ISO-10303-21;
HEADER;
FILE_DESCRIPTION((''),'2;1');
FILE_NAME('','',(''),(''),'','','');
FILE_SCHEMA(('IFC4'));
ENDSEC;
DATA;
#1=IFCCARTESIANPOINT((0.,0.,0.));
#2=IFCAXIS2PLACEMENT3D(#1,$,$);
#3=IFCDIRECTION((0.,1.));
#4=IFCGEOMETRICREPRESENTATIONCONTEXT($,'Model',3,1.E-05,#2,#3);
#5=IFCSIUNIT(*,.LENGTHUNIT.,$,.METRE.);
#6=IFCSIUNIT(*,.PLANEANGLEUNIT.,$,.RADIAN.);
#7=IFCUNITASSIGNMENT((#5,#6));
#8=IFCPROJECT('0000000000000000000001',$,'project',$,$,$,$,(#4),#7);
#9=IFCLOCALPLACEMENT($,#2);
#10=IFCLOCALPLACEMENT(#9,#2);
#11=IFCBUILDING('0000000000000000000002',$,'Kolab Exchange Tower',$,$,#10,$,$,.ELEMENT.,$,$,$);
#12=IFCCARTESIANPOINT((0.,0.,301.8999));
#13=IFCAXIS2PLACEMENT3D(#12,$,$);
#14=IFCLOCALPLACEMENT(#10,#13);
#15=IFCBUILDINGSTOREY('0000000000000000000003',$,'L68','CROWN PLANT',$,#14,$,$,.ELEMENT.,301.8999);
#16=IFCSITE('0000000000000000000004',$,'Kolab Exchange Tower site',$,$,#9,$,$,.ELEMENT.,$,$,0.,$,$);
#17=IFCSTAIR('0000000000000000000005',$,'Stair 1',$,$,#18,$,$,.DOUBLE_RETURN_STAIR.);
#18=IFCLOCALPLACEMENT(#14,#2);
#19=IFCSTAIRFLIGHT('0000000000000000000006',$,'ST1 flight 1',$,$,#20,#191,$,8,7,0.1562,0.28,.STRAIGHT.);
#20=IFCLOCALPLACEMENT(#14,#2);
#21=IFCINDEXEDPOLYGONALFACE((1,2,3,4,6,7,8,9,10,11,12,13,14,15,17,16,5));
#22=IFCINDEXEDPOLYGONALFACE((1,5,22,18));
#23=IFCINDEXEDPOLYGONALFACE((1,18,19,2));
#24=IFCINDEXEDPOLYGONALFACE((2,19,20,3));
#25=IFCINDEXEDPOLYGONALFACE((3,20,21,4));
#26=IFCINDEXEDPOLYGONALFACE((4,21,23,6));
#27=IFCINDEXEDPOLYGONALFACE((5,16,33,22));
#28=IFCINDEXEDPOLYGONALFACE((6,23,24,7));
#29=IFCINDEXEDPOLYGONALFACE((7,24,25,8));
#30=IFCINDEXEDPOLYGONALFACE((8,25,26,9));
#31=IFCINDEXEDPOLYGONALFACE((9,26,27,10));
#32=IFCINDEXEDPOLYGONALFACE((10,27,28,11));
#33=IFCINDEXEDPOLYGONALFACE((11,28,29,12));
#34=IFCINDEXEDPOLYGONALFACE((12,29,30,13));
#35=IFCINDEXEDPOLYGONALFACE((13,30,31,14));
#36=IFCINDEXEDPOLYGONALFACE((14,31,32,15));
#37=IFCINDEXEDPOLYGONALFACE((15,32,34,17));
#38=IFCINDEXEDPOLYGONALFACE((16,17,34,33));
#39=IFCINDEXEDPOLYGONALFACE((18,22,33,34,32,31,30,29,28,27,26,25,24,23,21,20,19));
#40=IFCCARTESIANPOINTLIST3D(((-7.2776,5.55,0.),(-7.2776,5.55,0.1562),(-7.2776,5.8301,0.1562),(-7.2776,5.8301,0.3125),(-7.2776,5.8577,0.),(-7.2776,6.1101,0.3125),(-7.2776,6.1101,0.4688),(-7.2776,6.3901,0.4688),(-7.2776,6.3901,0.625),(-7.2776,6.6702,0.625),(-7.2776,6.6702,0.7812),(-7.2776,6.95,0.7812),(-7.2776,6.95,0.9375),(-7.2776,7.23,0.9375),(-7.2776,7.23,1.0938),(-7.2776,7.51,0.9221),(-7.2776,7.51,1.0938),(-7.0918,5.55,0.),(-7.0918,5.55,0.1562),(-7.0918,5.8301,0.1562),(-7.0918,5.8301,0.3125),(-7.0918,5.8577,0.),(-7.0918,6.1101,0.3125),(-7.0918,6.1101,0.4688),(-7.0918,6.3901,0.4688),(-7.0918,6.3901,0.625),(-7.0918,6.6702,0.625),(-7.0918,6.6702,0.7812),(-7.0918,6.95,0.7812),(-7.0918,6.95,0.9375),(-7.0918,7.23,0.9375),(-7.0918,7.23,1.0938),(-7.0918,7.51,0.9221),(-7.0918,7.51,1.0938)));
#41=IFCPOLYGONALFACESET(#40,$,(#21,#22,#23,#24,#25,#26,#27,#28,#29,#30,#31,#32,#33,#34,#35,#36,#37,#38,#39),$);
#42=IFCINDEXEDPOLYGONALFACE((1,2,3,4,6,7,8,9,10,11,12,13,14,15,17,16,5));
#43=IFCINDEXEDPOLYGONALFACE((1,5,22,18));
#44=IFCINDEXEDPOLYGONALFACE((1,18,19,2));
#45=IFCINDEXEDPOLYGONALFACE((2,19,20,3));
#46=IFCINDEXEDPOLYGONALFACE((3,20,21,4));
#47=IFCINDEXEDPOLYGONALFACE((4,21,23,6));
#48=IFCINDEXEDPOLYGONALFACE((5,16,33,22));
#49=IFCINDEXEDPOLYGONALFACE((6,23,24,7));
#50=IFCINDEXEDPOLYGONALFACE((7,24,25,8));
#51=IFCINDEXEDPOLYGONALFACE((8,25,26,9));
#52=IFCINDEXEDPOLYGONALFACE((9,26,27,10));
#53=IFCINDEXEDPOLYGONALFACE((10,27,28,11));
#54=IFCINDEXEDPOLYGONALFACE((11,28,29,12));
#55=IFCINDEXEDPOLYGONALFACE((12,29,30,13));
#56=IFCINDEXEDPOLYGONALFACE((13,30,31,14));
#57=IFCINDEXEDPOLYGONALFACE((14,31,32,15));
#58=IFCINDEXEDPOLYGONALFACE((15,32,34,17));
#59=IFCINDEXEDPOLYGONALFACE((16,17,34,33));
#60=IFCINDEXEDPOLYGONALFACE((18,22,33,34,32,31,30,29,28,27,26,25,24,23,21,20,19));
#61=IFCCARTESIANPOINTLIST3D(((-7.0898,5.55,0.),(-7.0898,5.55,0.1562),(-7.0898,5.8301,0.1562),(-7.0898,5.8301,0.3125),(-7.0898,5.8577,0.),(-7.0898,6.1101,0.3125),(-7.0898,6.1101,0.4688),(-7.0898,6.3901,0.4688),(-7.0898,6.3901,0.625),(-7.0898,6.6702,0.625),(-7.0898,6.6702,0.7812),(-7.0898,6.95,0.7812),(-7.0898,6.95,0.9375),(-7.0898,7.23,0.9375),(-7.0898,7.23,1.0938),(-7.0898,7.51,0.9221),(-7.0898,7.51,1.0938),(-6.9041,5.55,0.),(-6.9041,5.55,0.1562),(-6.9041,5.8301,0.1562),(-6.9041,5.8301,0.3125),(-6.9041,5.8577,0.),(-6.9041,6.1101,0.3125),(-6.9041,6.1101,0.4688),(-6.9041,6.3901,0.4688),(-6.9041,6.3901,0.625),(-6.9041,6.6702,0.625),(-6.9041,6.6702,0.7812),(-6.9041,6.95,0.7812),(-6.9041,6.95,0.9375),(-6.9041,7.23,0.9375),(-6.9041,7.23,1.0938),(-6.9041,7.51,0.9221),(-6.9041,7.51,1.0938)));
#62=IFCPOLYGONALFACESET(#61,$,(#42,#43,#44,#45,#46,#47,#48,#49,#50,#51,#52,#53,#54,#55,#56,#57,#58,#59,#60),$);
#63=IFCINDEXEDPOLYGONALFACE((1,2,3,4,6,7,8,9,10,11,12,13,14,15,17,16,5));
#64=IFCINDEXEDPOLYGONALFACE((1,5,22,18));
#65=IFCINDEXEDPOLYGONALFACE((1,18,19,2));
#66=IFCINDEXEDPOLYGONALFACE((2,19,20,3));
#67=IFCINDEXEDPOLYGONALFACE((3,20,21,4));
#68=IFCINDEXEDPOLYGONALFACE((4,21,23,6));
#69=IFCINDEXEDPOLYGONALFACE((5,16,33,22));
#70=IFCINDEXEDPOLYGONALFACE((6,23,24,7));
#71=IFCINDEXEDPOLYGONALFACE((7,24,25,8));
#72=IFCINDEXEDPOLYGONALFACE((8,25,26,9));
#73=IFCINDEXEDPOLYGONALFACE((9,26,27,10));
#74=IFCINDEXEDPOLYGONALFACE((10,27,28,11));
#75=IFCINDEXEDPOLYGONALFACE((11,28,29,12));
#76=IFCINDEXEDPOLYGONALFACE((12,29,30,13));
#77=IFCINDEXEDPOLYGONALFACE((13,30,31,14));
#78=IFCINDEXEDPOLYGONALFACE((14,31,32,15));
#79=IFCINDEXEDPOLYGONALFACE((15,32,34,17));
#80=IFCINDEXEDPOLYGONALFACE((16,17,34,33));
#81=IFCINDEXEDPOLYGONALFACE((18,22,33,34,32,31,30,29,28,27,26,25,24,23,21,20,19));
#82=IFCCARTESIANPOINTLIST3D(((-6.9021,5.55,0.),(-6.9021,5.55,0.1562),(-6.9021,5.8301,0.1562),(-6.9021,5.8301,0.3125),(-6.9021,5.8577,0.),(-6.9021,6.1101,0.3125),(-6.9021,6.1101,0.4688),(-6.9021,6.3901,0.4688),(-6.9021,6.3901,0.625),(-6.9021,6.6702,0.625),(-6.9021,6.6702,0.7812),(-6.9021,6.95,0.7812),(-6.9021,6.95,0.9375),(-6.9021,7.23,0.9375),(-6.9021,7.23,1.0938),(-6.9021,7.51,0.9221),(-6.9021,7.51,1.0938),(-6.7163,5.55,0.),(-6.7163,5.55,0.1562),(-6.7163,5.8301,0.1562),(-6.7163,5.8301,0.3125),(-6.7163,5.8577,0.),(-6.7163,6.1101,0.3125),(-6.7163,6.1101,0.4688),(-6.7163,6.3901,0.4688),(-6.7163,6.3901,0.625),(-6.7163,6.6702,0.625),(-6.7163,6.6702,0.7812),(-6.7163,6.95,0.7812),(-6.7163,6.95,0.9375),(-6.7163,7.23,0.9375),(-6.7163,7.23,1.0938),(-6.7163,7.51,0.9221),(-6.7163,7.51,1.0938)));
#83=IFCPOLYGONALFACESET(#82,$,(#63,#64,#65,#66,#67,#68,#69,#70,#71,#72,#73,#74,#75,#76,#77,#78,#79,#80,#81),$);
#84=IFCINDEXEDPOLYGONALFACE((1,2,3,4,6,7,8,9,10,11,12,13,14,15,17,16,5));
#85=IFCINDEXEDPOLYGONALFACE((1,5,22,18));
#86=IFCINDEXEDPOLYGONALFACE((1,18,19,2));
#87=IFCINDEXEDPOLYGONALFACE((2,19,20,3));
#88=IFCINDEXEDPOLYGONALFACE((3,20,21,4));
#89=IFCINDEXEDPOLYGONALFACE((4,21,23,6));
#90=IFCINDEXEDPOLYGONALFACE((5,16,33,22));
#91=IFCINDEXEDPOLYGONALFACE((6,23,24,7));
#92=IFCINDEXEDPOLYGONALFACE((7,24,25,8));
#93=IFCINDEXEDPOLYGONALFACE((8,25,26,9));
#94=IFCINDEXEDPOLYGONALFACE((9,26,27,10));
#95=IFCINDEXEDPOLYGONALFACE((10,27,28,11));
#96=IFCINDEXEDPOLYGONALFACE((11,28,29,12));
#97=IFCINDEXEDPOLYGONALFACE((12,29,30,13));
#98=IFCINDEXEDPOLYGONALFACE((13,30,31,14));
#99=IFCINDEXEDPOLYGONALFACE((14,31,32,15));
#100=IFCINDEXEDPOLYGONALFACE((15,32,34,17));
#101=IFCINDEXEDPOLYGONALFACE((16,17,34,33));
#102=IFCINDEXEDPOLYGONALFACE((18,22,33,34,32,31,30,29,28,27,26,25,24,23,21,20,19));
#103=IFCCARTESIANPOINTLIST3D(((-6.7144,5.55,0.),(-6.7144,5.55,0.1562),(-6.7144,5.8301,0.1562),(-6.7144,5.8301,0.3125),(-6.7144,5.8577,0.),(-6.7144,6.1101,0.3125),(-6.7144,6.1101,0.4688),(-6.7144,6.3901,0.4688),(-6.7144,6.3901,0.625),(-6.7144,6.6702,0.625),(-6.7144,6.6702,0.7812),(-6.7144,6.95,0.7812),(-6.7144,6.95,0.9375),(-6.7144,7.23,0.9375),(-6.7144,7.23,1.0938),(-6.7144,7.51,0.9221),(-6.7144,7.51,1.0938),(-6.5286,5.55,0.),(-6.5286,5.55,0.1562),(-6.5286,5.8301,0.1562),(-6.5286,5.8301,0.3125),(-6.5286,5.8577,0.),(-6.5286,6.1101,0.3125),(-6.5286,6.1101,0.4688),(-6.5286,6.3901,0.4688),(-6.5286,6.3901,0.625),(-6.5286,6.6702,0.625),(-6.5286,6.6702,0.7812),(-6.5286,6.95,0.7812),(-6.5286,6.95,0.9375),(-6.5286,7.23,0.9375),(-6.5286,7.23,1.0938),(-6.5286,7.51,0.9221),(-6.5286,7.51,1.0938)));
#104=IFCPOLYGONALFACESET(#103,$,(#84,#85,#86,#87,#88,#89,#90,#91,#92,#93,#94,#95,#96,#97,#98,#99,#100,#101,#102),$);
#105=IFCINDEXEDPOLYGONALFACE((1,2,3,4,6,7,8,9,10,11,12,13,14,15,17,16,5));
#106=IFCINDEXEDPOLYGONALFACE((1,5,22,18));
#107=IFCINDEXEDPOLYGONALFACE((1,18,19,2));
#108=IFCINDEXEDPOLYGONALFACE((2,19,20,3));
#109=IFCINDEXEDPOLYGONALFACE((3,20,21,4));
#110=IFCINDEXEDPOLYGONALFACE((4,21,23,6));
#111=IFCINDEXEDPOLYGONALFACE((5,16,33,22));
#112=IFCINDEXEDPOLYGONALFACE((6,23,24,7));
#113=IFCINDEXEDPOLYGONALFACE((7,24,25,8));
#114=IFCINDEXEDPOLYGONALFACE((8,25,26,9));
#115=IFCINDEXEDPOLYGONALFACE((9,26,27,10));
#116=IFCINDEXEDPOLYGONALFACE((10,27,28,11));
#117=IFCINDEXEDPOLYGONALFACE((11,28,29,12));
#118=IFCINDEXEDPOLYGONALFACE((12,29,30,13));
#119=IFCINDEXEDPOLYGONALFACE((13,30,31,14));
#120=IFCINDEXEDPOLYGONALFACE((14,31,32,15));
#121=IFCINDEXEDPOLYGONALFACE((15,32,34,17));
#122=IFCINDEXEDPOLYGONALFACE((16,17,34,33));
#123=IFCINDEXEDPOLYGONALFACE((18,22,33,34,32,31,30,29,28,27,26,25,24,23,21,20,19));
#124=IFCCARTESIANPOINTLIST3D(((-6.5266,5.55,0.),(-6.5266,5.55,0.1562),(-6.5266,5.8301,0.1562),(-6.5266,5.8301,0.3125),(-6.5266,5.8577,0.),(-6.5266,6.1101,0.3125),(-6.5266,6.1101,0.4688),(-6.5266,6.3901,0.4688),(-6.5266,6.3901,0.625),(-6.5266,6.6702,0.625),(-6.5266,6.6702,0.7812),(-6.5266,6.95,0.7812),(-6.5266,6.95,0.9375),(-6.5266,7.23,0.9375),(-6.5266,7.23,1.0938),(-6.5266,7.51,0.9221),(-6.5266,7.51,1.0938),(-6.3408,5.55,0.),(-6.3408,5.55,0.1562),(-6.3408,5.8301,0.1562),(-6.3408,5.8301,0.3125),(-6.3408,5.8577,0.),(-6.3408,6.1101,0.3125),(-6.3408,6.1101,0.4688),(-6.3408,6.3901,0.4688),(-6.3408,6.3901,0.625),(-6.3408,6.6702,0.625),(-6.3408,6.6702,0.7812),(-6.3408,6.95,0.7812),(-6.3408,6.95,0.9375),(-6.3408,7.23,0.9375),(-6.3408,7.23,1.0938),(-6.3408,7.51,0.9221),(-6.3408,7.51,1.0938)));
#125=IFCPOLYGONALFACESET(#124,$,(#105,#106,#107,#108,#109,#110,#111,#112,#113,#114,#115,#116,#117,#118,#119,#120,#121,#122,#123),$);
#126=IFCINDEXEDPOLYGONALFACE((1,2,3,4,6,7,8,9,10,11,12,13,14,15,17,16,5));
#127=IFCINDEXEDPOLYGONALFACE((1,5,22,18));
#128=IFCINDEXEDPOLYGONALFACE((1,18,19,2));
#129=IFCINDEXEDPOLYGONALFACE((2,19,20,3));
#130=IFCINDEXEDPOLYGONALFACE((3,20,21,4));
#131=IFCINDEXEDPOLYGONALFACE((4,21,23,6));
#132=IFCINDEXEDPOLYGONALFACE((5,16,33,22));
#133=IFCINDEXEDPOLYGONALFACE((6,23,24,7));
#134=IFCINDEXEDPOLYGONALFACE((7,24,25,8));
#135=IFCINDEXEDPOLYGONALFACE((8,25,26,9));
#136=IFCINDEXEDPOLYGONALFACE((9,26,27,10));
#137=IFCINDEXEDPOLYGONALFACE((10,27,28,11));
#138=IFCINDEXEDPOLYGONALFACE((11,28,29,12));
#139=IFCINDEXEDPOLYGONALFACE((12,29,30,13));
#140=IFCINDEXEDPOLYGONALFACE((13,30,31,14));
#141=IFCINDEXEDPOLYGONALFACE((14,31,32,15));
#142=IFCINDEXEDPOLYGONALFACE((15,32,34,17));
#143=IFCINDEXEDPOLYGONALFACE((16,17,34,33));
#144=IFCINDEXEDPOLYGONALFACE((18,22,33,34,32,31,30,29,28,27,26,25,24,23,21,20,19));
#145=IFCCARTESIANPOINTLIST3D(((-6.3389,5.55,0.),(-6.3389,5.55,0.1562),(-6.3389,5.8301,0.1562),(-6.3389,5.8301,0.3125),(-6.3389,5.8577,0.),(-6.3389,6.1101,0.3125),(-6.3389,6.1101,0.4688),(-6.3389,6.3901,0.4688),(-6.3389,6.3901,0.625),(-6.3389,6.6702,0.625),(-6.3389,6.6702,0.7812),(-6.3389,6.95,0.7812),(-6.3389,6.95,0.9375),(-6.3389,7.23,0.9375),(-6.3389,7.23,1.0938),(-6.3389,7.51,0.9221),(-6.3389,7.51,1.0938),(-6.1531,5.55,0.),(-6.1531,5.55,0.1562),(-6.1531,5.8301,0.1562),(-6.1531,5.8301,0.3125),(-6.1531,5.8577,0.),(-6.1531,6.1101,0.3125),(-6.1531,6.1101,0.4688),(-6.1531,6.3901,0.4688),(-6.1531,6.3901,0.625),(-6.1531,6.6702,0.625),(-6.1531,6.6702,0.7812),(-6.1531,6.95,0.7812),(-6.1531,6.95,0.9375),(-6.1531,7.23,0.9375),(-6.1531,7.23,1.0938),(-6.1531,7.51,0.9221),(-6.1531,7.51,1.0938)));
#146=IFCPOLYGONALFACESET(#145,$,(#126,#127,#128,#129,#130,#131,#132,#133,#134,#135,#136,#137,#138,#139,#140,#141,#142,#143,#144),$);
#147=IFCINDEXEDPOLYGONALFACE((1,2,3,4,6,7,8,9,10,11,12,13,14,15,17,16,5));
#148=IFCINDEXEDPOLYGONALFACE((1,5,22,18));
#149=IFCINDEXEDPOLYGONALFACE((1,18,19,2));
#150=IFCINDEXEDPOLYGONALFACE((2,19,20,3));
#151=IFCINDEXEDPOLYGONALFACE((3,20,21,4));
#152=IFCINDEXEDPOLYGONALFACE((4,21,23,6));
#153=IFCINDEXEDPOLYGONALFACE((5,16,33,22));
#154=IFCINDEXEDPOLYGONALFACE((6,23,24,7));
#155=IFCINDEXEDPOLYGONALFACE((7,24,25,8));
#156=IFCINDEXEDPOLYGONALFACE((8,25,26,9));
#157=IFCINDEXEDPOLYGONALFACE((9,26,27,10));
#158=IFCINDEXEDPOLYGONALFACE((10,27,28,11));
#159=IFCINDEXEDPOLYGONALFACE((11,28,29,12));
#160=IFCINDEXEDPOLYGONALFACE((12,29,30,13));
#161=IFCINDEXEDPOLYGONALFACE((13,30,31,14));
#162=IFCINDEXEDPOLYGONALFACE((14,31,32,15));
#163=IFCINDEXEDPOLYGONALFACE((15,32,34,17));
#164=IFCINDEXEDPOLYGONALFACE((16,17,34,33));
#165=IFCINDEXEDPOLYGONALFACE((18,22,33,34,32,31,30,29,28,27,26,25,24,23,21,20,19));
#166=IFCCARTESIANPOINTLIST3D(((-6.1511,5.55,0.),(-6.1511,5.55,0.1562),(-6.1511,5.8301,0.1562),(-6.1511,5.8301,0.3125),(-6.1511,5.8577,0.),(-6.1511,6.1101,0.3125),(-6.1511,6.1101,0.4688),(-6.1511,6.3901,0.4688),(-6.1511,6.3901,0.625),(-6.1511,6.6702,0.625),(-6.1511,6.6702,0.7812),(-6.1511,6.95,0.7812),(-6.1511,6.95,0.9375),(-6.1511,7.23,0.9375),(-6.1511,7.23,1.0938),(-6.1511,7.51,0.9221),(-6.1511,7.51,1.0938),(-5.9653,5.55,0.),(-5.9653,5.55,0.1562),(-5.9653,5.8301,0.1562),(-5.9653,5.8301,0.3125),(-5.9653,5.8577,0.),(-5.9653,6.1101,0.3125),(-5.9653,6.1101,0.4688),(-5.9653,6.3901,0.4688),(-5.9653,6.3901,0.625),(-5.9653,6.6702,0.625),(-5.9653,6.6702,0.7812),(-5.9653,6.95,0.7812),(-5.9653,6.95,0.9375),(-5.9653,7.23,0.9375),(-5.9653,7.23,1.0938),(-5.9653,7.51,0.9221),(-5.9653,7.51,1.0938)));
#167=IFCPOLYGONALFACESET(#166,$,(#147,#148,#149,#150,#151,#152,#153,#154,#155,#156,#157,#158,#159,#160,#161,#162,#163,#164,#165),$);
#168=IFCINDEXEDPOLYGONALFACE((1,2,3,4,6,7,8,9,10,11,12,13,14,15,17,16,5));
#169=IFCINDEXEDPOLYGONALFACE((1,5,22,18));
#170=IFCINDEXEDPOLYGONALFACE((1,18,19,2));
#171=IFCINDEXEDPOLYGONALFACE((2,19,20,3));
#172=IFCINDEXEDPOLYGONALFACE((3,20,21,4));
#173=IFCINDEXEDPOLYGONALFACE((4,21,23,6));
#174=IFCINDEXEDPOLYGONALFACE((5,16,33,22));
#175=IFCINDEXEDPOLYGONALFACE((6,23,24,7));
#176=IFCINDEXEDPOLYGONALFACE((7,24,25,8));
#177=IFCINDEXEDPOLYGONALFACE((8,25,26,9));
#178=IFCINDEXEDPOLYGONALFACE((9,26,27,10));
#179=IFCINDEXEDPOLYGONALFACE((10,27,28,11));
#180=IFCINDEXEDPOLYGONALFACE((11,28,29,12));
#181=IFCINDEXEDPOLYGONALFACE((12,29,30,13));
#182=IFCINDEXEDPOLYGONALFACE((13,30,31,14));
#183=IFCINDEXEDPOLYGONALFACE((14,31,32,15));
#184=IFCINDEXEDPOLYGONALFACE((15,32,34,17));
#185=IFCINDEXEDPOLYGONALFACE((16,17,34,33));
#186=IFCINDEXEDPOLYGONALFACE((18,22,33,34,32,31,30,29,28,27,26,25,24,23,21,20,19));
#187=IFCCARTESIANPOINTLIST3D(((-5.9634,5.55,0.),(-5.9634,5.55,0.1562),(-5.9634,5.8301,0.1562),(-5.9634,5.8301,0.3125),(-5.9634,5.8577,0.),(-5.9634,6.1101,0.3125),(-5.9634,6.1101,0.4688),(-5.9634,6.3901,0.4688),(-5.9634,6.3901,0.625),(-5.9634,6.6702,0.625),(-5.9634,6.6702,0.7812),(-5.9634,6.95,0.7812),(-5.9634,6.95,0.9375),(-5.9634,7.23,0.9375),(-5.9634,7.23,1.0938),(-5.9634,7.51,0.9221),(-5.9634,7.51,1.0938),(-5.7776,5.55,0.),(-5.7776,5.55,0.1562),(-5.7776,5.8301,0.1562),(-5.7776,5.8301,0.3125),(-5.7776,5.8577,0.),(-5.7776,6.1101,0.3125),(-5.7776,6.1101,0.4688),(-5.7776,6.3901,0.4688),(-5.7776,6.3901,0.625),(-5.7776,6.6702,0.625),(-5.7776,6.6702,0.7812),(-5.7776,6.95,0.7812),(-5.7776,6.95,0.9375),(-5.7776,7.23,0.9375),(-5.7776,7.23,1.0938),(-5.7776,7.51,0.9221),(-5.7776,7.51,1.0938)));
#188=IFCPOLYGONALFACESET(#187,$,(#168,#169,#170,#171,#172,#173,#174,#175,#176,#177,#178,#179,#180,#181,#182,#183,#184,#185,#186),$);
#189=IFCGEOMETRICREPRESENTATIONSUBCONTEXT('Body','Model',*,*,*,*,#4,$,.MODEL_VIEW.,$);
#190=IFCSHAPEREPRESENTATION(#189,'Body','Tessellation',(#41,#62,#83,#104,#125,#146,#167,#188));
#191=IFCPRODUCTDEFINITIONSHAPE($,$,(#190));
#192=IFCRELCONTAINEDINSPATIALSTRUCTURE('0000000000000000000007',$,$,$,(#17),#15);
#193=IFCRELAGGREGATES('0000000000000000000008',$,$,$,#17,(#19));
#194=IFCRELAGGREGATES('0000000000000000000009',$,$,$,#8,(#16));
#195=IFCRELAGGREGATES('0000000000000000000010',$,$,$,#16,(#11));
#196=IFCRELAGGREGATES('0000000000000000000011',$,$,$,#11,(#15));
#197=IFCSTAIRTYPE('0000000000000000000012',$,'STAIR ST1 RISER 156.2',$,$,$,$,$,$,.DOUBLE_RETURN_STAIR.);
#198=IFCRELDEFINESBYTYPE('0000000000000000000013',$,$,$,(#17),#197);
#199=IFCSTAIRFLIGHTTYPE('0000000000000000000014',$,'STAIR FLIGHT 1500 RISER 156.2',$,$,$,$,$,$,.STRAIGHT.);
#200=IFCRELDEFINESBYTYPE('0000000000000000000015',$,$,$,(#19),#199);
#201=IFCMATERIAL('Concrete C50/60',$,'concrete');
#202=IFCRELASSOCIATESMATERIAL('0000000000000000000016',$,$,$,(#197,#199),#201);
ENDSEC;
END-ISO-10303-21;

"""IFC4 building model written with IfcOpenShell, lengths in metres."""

from ifc_helpers import new_model, si_unit, direction, frame, origin, place, context, subcontext, project, spatial, polyline, outline, extrude, material, type_object, element, aggregate, save


model = new_model("IFC4")

# Units and contexts
model_context = context("Model", 3, precision=1e-05, world=origin(), true_north=direction((0.0, 1.0)))
body_context = subcontext(model_context, "Body", "Model", "MODEL_VIEW")
ifc_project = project(units=[si_unit("LENGTHUNIT", "METRE"), si_unit("PLANEANGLEUNIT", "RADIAN")], contexts=[model_context])

# Site, building, storey
site_placement = place(None, origin())
site = spatial("IfcSite", under=ifc_project, at=site_placement, Name="Kolab Exchange Tower site", CompositionType="ELEMENT", RefElevation=0.0)
building_placement = place(site_placement, origin())
building = spatial("IfcBuilding", under=site, at=building_placement, Name="Kolab Exchange Tower", CompositionType="ELEMENT")
storey_placement = place(building_placement, frame((0.0, 0.0, 301.8999)))
storey = spatial("IfcBuildingStorey", under=building, at=storey_placement, Name="L68", Description="CROWN PLANT", CompositionType="ELEMENT", Elevation=301.8999)

# Shared definitions
ifc_material_1 = material(Name="Concrete C50/60", Category="concrete")

# Stair, stair flight
stair_type = type_object("IfcStairType", Name="STAIR ST1 RISER 156.2", PredefinedType="DOUBLE_RETURN_STAIR", material=ifc_material_1)
stair_placement = place(storey_placement, origin())
stair = element("IfcStair", 1, at=stair_placement, inside=storey, type_object=stair_type, Name="Stair 1", PredefinedType="DOUBLE_RETURN_STAIR")
stair_flight_type = type_object("IfcStairFlightType", Name="STAIR FLIGHT 1500 RISER 156.2", PredefinedType="STRAIGHT", material=ifc_material_1)
stair_flight_1_placement = place(storey_placement, frame((-6.5276, 5.55, 0.0), z_axis=(0.0, 0.0, 1.0), x_axis=(0.0, 1.0, 0.0)))
stair_flight_1 = element("IfcStairFlight", 2, at=stair_flight_1_placement, type_object=stair_flight_type, Name="ST1 flight 1", NumberOfRisers=8, NumberOfTreads=7, PredefinedType="STRAIGHT", RiserHeight=0.1562, TreadLength=0.28, context=body_context, shape_type="SweptSolid", body=[
    extrude(outline(polyline([(0.0, 0.0), (0.0, 0.1562), (0.28, 0.1562), (0.28, 0.3125), (0.5601, 0.3125), (0.5601, 0.4688), (0.8401, 0.4688), (0.8401, 0.625), (1.1201, 0.625), (1.1201, 0.7812), (1.3999, 0.7812), (1.3999, 0.9375), (1.6799, 0.9375), (1.6799, 1.0938), (1.96, 1.0938), (1.96, 1.25), (1.96, 0.9221), (0.3076, 0.0), (0.0, 0.0)])), frame((0.0, 0.75, 0.0), z_axis=(0.0, -1.0, 0.0), x_axis=(1.0, 0.0, 0.0)), (0.0, 0.0, 1.0), 0.1858),
    extrude(outline(polyline([(0.0, 0.0), (0.0, 0.1562), (0.28, 0.1562), (0.28, 0.3125), (0.5601, 0.3125), (0.5601, 0.4688), (0.8401, 0.4688), (0.8401, 0.625), (1.1201, 0.625), (1.1201, 0.7812), (1.3999, 0.7812), (1.3999, 0.9375), (1.6799, 0.9375), (1.6799, 1.0938), (1.96, 1.0938), (1.96, 1.25), (1.96, 0.9221), (0.3076, 0.0), (0.0, 0.0)])), frame((0.0, 0.5623, 0.0), z_axis=(0.0, -1.0, 0.0), x_axis=(1.0, 0.0, 0.0)), (0.0, 0.0, 1.0), 0.1858),
    extrude(outline(polyline([(0.0, 0.0), (0.0, 0.1562), (0.28, 0.1562), (0.28, 0.3125), (0.5601, 0.3125), (0.5601, 0.4688), (0.8401, 0.4688), (0.8401, 0.625), (1.1201, 0.625), (1.1201, 0.7812), (1.3999, 0.7812), (1.3999, 0.9375), (1.6799, 0.9375), (1.6799, 1.0938), (1.96, 1.0938), (1.96, 1.25), (1.96, 0.9221), (0.3076, 0.0), (0.0, 0.0)])), frame((0.0, 0.3745, 0.0), z_axis=(0.0, -1.0, 0.0), x_axis=(1.0, 0.0, 0.0)), (0.0, 0.0, 1.0), 0.1858),
    extrude(outline(polyline([(0.0, 0.0), (0.0, 0.1562), (0.28, 0.1562), (0.28, 0.3125), (0.5601, 0.3125), (0.5601, 0.4688), (0.8401, 0.4688), (0.8401, 0.625), (1.1201, 0.625), (1.1201, 0.7812), (1.3999, 0.7812), (1.3999, 0.9375), (1.6799, 0.9375), (1.6799, 1.0938), (1.96, 1.0938), (1.96, 1.25), (1.96, 0.9221), (0.3076, 0.0), (0.0, 0.0)])), frame((0.0, 0.1868, 0.0), z_axis=(0.0, -1.0, 0.0), x_axis=(1.0, 0.0, 0.0)), (0.0, 0.0, 1.0), 0.1858),
    extrude(outline(polyline([(0.0, 0.0), (0.0, 0.1562), (0.28, 0.1562), (0.28, 0.3125), (0.5601, 0.3125), (0.5601, 0.4688), (0.8401, 0.4688), (0.8401, 0.625), (1.1201, 0.625), (1.1201, 0.7812), (1.3999, 0.7812), (1.3999, 0.9375), (1.6799, 0.9375), (1.6799, 1.0938), (1.96, 1.0938), (1.96, 1.25), (1.96, 0.9221), (0.3076, 0.0), (0.0, 0.0)])), frame((0.0, -0.001, 0.0), z_axis=(0.0, -1.0, 0.0), x_axis=(1.0, 0.0, 0.0)), (0.0, 0.0, 1.0), 0.1858),
    extrude(outline(polyline([(0.0, 0.0), (0.0, 0.1562), (0.28, 0.1562), (0.28, 0.3125), (0.5601, 0.3125), (0.5601, 0.4688), (0.8401, 0.4688), (0.8401, 0.625), (1.1201, 0.625), (1.1201, 0.7812), (1.3999, 0.7812), (1.3999, 0.9375), (1.6799, 0.9375), (1.6799, 1.0938), (1.96, 1.0938), (1.96, 1.25), (1.96, 0.9221), (0.3076, 0.0), (0.0, 0.0)])), frame((0.0, -0.1887, 0.0), z_axis=(0.0, -1.0, 0.0), x_axis=(1.0, 0.0, 0.0)), (0.0, 0.0, 1.0), 0.1858),
    extrude(outline(polyline([(0.0, 0.0), (0.0, 0.1562), (0.28, 0.1562), (0.28, 0.3125), (0.5601, 0.3125), (0.5601, 0.4688), (0.8401, 0.4688), (0.8401, 0.625), (1.1201, 0.625), (1.1201, 0.7812), (1.3999, 0.7812), (1.3999, 0.9375), (1.6799, 0.9375), (1.6799, 1.0938), (1.96, 1.0938), (1.96, 1.25), (1.96, 0.9221), (0.3076, 0.0), (0.0, 0.0)])), frame((0.0, -0.3765, 0.0), z_axis=(0.0, -1.0, 0.0), x_axis=(1.0, 0.0, 0.0)), (0.0, 0.0, 1.0), 0.1858),
    extrude(outline(polyline([(0.0, 0.0), (0.0, 0.1562), (0.28, 0.1562), (0.28, 0.3125), (0.5601, 0.3125), (0.5601, 0.4688), (0.8401, 0.4688), (0.8401, 0.625), (1.1201, 0.625), (1.1201, 0.7812), (1.3999, 0.7812), (1.3999, 0.9375), (1.6799, 0.9375), (1.6799, 1.0938), (1.96, 1.0938), (1.96, 1.25), (1.96, 0.9221), (0.3076, 0.0), (0.0, 0.0)])), frame((0.0, -0.5642, 0.0), z_axis=(0.0, -1.0, 0.0), x_axis=(1.0, 0.0, 0.0)), (0.0, 0.0, 1.0), 0.1858),
])
aggregate(stair, [stair_flight_1])

save(model, "model.ifc")
